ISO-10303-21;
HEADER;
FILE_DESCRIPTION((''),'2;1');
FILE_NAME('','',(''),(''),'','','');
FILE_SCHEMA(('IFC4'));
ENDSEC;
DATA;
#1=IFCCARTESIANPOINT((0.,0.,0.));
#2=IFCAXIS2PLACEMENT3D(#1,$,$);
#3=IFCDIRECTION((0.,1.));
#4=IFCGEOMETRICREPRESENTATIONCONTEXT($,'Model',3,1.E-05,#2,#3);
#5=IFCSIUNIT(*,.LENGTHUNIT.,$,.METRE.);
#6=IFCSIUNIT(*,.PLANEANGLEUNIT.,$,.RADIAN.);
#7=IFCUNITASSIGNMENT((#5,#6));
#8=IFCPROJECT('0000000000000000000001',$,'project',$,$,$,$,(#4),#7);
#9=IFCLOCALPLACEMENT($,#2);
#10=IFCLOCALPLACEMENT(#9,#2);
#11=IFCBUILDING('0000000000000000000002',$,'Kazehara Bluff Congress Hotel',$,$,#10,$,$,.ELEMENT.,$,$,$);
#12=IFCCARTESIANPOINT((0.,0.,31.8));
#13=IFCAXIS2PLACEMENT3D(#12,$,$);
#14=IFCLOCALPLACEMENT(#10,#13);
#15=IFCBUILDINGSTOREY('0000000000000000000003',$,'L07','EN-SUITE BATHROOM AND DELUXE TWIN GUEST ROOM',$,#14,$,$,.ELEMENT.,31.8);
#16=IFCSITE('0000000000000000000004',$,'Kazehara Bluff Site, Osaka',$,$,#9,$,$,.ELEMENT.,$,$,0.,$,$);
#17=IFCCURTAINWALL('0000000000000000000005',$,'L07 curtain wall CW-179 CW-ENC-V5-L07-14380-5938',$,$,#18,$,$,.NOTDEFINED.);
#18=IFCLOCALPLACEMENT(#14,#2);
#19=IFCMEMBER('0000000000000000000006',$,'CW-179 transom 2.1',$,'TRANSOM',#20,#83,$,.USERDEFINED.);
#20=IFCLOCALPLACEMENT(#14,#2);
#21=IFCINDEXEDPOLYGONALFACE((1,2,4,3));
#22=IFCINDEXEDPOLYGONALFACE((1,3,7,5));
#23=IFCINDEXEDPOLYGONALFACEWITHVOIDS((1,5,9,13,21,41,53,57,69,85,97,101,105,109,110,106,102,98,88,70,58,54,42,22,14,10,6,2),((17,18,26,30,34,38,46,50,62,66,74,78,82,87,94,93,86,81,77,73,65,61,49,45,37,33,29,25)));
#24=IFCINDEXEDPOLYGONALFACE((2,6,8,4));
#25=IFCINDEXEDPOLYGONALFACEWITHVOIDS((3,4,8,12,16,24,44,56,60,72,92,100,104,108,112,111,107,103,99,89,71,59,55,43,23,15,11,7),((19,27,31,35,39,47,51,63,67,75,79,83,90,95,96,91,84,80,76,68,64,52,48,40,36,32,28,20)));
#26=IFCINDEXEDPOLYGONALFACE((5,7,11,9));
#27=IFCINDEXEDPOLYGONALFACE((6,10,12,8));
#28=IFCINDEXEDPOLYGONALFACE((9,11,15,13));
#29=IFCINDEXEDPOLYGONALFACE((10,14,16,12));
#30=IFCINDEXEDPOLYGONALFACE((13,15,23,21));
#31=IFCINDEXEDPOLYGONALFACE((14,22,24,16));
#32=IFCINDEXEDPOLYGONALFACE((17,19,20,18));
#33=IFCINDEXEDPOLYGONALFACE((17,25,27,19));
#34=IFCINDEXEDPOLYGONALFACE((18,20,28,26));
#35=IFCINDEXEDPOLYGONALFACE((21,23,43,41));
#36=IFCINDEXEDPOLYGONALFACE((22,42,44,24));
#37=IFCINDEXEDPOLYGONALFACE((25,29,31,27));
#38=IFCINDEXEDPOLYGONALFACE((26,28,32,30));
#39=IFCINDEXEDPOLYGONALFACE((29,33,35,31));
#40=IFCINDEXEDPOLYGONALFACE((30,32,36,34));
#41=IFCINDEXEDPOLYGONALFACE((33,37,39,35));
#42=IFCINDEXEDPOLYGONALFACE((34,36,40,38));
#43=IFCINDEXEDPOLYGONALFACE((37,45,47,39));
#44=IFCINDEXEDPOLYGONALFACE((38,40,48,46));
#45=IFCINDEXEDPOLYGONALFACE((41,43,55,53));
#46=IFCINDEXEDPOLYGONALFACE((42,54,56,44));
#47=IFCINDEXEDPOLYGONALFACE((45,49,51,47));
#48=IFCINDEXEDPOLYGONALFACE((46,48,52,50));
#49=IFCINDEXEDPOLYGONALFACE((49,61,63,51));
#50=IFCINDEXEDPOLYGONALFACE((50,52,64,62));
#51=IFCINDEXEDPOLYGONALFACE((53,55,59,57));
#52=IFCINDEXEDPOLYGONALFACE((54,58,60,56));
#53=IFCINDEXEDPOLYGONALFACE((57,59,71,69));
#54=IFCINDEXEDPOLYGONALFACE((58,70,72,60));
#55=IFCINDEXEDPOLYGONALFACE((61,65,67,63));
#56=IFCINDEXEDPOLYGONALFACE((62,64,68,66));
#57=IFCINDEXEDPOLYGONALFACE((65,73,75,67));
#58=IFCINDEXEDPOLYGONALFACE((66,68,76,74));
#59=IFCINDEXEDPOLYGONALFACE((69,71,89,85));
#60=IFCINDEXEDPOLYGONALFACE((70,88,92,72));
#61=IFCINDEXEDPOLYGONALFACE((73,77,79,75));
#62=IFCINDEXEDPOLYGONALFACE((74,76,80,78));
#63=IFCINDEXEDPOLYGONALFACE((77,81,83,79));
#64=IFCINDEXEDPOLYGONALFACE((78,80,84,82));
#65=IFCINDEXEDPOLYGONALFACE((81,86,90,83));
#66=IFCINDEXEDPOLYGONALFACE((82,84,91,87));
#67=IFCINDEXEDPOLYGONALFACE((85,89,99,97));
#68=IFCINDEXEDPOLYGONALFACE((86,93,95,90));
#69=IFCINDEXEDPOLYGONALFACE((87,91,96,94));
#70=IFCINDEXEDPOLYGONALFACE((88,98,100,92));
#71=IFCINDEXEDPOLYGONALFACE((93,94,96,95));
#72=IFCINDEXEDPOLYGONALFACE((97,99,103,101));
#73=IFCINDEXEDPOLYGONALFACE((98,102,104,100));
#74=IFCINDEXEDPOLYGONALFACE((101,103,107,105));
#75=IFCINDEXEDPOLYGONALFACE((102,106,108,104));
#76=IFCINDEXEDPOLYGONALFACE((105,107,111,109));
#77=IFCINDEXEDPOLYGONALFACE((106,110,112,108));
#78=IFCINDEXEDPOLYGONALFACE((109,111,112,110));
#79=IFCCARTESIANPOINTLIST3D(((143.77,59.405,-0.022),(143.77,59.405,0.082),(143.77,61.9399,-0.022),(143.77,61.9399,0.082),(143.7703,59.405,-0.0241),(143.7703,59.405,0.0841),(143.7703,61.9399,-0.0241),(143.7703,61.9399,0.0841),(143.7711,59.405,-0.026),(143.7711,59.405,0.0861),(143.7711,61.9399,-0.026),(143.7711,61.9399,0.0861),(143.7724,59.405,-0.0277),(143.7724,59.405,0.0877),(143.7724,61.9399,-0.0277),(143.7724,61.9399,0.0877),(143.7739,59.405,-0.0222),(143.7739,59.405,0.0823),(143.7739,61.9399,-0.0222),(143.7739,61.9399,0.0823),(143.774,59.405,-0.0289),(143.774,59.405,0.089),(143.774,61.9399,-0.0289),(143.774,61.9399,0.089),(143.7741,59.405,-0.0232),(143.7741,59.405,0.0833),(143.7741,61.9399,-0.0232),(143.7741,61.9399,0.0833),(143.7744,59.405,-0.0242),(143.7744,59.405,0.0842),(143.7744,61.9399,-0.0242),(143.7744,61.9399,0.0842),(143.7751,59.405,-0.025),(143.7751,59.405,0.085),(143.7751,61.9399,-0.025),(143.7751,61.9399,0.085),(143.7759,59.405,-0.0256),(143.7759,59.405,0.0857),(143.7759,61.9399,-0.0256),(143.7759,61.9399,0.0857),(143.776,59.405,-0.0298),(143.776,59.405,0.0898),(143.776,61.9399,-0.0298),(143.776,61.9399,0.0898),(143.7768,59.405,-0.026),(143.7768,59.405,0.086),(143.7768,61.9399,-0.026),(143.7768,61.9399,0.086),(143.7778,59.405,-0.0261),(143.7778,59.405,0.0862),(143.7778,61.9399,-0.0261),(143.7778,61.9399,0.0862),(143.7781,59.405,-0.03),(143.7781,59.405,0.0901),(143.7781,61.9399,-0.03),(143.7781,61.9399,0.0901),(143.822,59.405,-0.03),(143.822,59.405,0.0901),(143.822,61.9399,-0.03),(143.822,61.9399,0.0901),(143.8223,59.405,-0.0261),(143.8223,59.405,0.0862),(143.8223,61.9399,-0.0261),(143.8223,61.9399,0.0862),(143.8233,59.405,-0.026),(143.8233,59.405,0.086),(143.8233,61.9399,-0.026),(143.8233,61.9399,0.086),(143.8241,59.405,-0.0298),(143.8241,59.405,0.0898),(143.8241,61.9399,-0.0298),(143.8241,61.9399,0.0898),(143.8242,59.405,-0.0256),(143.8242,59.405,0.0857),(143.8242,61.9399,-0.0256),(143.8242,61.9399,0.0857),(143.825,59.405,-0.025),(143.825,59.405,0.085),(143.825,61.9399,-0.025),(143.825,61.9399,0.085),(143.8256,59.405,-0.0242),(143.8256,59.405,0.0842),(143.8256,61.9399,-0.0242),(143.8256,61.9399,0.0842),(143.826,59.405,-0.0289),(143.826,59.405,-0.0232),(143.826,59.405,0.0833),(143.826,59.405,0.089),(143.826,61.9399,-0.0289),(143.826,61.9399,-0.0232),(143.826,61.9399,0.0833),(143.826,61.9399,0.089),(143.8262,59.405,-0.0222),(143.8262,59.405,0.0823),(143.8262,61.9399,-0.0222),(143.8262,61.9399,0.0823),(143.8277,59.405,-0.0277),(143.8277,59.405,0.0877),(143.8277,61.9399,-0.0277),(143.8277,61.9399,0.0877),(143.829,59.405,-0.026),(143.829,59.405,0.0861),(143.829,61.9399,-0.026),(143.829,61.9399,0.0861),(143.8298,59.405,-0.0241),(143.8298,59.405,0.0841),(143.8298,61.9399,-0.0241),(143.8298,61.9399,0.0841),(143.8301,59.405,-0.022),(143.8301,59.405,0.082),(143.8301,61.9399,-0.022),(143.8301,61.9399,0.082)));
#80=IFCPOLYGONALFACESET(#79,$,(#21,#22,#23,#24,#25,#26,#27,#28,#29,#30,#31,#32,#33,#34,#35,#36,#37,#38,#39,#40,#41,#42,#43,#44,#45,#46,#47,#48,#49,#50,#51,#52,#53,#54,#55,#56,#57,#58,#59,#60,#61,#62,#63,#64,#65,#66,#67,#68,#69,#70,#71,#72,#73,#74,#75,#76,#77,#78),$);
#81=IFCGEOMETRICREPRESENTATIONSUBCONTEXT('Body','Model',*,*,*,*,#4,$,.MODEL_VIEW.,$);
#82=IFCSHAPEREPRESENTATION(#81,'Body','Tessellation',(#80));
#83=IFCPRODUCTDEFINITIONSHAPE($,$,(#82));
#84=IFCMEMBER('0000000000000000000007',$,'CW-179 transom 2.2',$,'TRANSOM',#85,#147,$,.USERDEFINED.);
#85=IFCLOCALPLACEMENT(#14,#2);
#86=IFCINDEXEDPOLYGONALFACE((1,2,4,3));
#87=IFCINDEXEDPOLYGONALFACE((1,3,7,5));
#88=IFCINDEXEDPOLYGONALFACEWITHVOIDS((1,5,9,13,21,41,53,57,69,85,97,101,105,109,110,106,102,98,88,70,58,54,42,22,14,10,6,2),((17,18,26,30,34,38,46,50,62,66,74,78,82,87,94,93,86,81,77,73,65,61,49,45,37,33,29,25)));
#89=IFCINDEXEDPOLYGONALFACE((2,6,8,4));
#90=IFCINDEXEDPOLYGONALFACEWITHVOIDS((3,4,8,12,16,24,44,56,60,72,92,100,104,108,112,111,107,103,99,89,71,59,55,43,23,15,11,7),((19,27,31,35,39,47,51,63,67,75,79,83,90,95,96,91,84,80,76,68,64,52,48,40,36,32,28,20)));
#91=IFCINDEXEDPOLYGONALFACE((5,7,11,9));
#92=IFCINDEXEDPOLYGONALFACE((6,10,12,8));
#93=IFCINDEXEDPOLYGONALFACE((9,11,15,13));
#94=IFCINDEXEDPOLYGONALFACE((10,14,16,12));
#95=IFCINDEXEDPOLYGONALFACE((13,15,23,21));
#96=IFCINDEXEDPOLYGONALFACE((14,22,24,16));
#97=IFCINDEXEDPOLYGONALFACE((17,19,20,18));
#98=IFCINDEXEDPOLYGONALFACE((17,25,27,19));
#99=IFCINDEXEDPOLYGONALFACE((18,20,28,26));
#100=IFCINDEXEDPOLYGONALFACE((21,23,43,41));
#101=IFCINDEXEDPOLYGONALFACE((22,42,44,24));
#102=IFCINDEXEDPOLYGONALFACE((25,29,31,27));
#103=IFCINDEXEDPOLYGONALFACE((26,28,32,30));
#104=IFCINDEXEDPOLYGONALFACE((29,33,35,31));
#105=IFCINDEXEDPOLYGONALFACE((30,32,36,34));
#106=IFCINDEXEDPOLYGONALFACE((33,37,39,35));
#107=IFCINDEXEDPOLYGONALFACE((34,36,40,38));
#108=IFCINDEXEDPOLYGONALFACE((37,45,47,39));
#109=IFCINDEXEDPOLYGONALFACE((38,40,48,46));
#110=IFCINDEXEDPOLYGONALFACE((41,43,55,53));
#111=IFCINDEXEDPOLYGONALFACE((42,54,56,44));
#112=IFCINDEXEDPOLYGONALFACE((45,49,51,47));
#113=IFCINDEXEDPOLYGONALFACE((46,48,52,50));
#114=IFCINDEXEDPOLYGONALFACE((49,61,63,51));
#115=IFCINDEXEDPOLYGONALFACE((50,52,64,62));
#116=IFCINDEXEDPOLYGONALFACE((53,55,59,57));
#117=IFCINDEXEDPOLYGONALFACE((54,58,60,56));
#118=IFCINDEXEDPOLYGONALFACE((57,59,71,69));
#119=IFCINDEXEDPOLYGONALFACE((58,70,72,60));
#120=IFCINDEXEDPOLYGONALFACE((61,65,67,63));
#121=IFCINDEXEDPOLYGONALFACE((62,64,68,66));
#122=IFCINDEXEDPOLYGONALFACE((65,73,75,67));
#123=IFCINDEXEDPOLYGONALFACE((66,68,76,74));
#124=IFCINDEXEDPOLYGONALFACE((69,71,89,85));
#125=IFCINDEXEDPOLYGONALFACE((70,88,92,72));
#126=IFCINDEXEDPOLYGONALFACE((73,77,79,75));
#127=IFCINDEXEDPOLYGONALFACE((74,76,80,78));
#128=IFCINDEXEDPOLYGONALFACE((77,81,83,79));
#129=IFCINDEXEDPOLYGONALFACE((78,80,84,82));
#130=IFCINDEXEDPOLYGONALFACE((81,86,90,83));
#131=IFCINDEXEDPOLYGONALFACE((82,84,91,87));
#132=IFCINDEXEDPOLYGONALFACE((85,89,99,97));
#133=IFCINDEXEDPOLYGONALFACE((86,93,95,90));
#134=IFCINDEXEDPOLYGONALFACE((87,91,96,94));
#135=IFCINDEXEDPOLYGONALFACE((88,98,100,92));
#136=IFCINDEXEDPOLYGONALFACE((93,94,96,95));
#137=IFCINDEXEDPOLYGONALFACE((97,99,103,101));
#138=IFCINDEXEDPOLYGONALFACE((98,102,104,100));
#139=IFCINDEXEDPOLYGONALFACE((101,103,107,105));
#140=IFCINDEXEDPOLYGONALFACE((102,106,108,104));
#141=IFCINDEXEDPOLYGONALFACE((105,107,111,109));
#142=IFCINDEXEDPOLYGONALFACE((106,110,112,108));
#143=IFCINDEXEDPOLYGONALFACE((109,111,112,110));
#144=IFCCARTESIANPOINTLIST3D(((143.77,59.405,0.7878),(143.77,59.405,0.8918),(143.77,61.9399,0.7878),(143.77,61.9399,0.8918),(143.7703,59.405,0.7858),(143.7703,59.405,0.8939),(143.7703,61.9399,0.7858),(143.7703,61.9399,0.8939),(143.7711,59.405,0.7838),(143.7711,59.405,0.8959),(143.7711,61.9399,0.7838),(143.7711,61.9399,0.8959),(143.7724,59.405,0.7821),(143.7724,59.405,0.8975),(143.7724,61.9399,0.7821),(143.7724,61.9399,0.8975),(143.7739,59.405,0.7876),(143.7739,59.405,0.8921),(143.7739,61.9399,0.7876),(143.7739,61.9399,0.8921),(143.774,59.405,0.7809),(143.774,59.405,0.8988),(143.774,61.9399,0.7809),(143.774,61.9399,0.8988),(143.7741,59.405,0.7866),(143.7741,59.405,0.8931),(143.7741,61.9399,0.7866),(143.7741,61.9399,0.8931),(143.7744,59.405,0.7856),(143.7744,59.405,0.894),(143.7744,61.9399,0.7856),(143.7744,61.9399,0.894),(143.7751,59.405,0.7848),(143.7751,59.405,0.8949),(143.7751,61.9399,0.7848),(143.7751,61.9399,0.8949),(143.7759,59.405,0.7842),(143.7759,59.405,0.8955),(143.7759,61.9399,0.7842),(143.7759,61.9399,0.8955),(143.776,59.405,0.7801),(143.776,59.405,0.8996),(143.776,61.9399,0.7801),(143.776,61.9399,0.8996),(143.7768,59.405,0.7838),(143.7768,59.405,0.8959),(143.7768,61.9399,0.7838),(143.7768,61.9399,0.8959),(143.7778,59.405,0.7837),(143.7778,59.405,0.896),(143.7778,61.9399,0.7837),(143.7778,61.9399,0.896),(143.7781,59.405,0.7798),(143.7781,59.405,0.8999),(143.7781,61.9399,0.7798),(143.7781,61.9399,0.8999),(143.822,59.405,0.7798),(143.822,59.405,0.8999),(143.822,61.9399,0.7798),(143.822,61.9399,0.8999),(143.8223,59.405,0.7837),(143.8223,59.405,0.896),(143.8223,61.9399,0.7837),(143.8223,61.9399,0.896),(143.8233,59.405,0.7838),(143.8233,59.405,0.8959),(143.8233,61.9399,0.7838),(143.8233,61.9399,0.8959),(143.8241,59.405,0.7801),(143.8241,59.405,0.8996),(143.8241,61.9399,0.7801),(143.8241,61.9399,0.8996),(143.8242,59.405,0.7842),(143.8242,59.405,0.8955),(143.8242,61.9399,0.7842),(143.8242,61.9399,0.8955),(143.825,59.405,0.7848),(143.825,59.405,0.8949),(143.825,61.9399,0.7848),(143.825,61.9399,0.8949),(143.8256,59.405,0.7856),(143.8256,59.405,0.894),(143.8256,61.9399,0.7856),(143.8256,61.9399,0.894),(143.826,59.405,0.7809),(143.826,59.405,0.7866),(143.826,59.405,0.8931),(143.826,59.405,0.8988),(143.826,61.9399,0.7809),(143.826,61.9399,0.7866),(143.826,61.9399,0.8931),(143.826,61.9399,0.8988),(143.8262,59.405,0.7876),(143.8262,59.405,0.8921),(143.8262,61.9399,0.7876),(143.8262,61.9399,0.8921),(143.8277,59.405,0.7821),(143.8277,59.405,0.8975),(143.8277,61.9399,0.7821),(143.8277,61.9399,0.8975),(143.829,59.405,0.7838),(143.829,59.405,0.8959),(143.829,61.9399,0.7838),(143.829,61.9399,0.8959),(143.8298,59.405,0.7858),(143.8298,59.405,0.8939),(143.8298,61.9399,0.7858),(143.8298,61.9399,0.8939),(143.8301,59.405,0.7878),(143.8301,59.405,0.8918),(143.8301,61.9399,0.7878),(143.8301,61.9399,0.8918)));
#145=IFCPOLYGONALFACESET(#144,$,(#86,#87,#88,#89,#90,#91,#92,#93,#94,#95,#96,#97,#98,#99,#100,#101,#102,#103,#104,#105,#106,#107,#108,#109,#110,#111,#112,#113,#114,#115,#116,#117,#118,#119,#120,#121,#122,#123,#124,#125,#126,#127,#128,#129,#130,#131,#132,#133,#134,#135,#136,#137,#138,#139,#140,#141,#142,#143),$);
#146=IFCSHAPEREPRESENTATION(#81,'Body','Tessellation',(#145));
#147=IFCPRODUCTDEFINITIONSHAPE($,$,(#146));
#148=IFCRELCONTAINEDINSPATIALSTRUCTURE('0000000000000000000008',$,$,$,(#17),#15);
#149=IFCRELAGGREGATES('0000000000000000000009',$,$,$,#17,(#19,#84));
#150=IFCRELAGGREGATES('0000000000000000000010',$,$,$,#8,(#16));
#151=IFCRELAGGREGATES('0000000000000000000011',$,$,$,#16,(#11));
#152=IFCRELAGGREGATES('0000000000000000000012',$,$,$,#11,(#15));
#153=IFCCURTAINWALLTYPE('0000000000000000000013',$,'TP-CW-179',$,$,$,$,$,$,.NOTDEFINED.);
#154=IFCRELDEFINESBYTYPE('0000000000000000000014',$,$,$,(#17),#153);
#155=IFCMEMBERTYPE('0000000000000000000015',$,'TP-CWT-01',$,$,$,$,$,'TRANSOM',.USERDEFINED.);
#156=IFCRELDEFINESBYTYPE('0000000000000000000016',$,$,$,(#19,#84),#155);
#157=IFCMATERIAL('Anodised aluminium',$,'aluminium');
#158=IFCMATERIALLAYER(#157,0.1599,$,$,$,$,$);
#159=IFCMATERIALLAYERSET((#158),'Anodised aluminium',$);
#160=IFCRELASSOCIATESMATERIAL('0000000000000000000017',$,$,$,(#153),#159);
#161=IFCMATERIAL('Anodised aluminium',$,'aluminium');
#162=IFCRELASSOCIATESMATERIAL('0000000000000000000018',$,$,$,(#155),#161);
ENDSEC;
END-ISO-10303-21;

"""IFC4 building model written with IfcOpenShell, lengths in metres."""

from ifc_helpers import new_model, si_unit, direction, frame, origin, origin_2d, place, context, subcontext, project, spatial, hollow_rectangle, extrude, material, layer, layer_set, material_profile, profile_set, type_object, element, aggregate, save


model = new_model("IFC4")

# Units and contexts
model_context = context("Model", 3, precision=1e-05, world=origin(), true_north=direction((0.0, 1.0)))
body_context = subcontext(model_context, "Body", "Model", "MODEL_VIEW")
ifc_project = project(units=[si_unit("LENGTHUNIT", "METRE"), si_unit("PLANEANGLEUNIT", "RADIAN")], contexts=[model_context])

# Site, building, storey
site_placement = place(None, origin())
site = spatial("IfcSite", under=ifc_project, at=site_placement, Name="Kazehara Bluff Site, Osaka", CompositionType="ELEMENT", RefElevation=0.0)
building_placement = place(site_placement, origin())
building = spatial("IfcBuilding", under=site, at=building_placement, Name="Kazehara Bluff Congress Hotel", CompositionType="ELEMENT")
storey_placement = place(building_placement, frame((0.0, 0.0, 31.8)))
storey = spatial("IfcBuildingStorey", under=building, at=storey_placement, Name="L07", Description="EN-SUITE BATHROOM AND DELUXE TWIN GUEST ROOM", CompositionType="ELEMENT", Elevation=31.8)

# Curtain wall
ifc_material_1 = material(Name="Anodised aluminium", Category="aluminium")
ifc_layer_1 = layer(ifc_material_1, 0.1599)
ifc_layer_set_1 = layer_set([ifc_layer_1], Name="Anodised aluminium")
curtain_wall_type_1 = type_object("IfcCurtainWallType", Name="TP-CW-179", PredefinedType="NOTDEFINED", material=ifc_layer_set_1)
curtain_wall_1_placement = place(storey_placement, origin())
curtain_wall_1 = element("IfcCurtainWall", 1, at=curtain_wall_1_placement, inside=storey, type_object=curtain_wall_type_1, Name="L07 curtain wall CW-179 CW-ENC-V5-L07-14380-5938", PredefinedType="NOTDEFINED")

# Members
ifc_material_2 = material(Name="Anodised aluminium", Category="aluminium")
ifc_material_profile_1 = material_profile(ifc_material_2, hollow_rectangle(XDim=0.0601, YDim=0.1201, WallThickness=0.0039, InnerFilletRadius=0.0039, OuterFilletRadius=0.0081, at=origin_2d()))
ifc_profile_set_1 = profile_set([ifc_material_profile_1], Name="Anodised aluminium")
member_type_1 = type_object("IfcMemberType", Name="TP-CWT-01", ElementType="TRANSOM", PredefinedType="USERDEFINED", material=ifc_profile_set_1)
member_1_placement = place(storey_placement, frame((143.8, 59.405, 0.03), z_axis=(0.0, 1.0, 0.0), x_axis=(-1.0, 0.0, 0.0)))
member_1 = element("IfcMember", 2, at=member_1_placement, type_object=member_type_1, Name="CW-179 transom 2.1", ObjectType="TRANSOM", PredefinedType="USERDEFINED", context=body_context, shape_type="SweptSolid", body=[
    extrude(hollow_rectangle(XDim=0.0601, YDim=0.1201, WallThickness=0.0039, InnerFilletRadius=0.0039, OuterFilletRadius=0.0081, at=origin_2d()), origin(), (0.0, 0.0, 1.0), 2.5349),
])
member_2_placement = place(storey_placement, frame((143.8, 59.405, 0.8398), z_axis=(0.0, 1.0, 0.0), x_axis=(-1.0, 0.0, 0.0)))
member_2 = element("IfcMember", 3, at=member_2_placement, type_object=member_type_1, Name="CW-179 transom 2.2", ObjectType="TRANSOM", PredefinedType="USERDEFINED", context=body_context, shape_type="SweptSolid", body=[
    extrude(hollow_rectangle(XDim=0.0601, YDim=0.1201, WallThickness=0.0039, InnerFilletRadius=0.0039, OuterFilletRadius=0.0081, at=origin_2d()), origin(), (0.0, 0.0, 1.0), 2.5349),
])

aggregate(curtain_wall_1, [member_1, member_2])

save(model, "model.ifc")
